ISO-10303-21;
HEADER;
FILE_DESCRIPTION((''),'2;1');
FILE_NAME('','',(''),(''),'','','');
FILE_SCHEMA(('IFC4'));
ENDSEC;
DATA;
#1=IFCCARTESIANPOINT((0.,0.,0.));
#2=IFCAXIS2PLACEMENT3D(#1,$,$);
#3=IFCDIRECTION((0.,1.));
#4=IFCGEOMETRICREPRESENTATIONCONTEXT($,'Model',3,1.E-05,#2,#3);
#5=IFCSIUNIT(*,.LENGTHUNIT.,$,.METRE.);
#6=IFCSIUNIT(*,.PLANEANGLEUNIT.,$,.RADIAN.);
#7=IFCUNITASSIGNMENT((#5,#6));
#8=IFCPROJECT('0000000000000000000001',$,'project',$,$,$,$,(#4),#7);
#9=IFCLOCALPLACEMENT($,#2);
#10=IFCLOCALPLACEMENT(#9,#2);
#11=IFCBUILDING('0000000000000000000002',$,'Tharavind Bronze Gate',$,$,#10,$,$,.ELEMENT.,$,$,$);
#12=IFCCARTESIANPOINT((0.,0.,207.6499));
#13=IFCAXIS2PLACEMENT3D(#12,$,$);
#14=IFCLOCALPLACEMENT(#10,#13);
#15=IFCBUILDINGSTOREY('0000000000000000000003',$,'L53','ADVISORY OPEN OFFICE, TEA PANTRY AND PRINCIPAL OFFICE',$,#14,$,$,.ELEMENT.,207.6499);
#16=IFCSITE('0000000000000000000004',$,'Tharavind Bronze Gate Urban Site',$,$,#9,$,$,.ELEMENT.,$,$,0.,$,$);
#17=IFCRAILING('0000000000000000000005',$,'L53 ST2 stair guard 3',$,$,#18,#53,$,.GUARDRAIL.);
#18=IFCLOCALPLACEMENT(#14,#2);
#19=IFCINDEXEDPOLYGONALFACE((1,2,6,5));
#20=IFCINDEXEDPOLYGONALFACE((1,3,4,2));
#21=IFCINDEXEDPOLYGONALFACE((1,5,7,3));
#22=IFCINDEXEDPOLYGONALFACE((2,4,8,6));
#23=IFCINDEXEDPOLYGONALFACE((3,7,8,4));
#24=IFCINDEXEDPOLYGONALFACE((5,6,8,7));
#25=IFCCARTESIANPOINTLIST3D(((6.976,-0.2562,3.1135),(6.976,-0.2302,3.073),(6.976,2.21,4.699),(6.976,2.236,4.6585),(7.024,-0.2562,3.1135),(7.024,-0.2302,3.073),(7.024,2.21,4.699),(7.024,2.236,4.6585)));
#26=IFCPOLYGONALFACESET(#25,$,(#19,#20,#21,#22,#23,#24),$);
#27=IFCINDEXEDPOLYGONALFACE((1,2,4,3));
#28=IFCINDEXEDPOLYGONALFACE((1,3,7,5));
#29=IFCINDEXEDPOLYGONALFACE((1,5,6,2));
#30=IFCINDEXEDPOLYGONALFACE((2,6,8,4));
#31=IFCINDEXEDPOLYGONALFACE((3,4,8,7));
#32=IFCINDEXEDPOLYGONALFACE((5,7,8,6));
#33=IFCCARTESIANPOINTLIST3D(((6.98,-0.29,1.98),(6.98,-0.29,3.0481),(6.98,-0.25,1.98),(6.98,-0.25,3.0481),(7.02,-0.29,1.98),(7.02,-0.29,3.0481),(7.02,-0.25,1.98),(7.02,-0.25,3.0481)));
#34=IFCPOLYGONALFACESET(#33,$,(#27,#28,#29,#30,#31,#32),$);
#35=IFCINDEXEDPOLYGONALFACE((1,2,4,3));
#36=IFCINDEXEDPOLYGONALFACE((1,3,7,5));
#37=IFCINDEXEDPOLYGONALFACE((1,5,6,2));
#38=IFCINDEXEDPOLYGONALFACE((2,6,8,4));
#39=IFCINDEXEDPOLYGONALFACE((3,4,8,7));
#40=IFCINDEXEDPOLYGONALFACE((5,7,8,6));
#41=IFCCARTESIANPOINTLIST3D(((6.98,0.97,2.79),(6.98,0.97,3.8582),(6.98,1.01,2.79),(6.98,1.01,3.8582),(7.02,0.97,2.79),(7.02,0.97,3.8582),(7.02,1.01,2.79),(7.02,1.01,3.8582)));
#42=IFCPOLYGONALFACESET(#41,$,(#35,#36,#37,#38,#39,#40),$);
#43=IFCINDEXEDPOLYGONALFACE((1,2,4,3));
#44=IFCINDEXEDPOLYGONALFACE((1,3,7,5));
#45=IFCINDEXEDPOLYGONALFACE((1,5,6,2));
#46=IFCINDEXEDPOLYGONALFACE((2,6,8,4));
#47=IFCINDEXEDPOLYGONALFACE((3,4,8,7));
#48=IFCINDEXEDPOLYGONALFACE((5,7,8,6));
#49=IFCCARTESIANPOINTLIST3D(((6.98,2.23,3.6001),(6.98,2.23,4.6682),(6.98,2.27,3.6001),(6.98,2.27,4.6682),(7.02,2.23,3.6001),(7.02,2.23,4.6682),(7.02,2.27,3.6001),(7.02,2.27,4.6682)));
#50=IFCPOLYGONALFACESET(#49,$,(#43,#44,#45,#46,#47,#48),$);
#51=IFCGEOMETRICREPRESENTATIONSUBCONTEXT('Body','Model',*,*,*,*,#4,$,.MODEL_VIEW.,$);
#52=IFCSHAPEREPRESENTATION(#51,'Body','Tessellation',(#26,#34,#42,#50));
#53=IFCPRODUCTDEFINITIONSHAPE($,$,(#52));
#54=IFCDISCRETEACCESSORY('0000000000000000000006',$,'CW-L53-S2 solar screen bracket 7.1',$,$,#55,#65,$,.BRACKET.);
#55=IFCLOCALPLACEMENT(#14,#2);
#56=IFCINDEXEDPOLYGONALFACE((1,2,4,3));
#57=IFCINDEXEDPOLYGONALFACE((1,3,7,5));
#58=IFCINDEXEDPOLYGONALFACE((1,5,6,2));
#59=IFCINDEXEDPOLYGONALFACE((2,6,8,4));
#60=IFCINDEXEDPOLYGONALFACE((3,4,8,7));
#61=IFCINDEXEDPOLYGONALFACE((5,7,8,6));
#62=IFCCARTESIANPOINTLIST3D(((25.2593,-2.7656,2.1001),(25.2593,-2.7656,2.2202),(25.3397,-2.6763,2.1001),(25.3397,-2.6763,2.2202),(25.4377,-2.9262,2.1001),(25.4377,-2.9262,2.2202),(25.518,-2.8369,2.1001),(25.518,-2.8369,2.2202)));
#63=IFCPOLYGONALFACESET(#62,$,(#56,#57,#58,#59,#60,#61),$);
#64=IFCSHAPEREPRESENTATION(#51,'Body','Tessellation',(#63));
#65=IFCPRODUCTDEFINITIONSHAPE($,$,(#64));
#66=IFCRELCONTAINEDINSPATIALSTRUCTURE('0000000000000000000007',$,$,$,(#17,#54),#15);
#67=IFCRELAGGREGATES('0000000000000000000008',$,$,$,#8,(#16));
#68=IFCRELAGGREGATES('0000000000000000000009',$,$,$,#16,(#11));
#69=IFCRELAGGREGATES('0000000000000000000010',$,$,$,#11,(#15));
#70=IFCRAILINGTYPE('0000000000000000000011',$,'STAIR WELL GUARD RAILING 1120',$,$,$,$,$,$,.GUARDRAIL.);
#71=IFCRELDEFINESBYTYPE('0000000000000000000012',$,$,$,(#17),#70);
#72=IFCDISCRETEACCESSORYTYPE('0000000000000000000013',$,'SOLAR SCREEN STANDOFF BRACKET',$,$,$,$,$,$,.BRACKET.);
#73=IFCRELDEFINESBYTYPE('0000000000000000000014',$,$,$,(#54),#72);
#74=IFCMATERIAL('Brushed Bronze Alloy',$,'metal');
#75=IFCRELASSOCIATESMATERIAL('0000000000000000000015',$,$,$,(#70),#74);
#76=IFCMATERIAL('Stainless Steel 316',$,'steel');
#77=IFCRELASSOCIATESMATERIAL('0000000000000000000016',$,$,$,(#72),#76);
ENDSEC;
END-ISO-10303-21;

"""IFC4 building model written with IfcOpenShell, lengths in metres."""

from ifc_helpers import new_model, si_unit, direction, frame, origin, origin_2d, place, context, subcontext, project, spatial, rectangle, extrude, material, type_object, element, save


model = new_model("IFC4")

# Units and contexts
model_context = context("Model", 3, precision=1e-05, world=origin(), true_north=direction((0.0, 1.0)))
body_context = subcontext(model_context, "Body", "Model", "MODEL_VIEW")
ifc_project = project(units=[si_unit("LENGTHUNIT", "METRE"), si_unit("PLANEANGLEUNIT", "RADIAN")], contexts=[model_context])

# Site, building, storey
site_placement = place(None, origin())
site = spatial("IfcSite", under=ifc_project, at=site_placement, Name="Tharavind Bronze Gate Urban Site", CompositionType="ELEMENT", RefElevation=0.0)
building_placement = place(site_placement, origin())
building = spatial("IfcBuilding", under=site, at=building_placement, Name="Tharavind Bronze Gate", CompositionType="ELEMENT")
storey_placement = place(building_placement, frame((0.0, 0.0, 207.6499)))
storey = spatial("IfcBuildingStorey", under=building, at=storey_placement, Name="L53", Description="ADVISORY OPEN OFFICE, TEA PANTRY AND PRINCIPAL OFFICE", CompositionType="ELEMENT", Elevation=207.6499)

# Railing
ifc_material_1 = material(Name="Brushed Bronze Alloy", Category="metal")
railing_type_1 = type_object("IfcRailingType", Name="STAIR WELL GUARD RAILING 1120", PredefinedType="GUARDRAIL", material=ifc_material_1)
railing_1_placement = place(storey_placement, frame((7.0, -0.27, 1.98)))
element("IfcRailing", 1, at=railing_1_placement, inside=storey, type_object=railing_type_1, Name="L53 ST2 stair guard 3", PredefinedType="GUARDRAIL", context=body_context, shape_type="SweptSolid", body=[
    extrude(rectangle(XDim=0.0481, YDim=0.0481, at=origin_2d()), frame((0.0, 0.0269, 1.1133), z_axis=(0.0, 0.841163, 0.540782), x_axis=(-1.0, 0.0, 0.0)), (0.0, 0.0, 1.0), 2.9319),
    extrude(rectangle(XDim=0.04, YDim=0.04, at=origin_2d()), origin(), (0.0, 0.0, 1.0), 1.0681),
    extrude(rectangle(XDim=0.04, YDim=0.04, at=origin_2d()), frame((0.0, 1.26, 0.8101)), (0.0, 0.0, 1.0), 1.0681),
    extrude(rectangle(XDim=0.04, YDim=0.04, at=origin_2d()), frame((0.0, 2.52, 1.6201)), (0.0, 0.0, 1.0), 1.0681),
])

# Discrete accessory
ifc_material_2 = material(Name="Stainless Steel 316", Category="steel")
discrete_accessory_type = type_object("IfcDiscreteAccessoryType", Name="SOLAR SCREEN STANDOFF BRACKET", PredefinedType="BRACKET", material=ifc_material_2)
discrete_accessory_placement = place(storey_placement, frame((25.3887, -2.8013, 2.1001), z_axis=(0.0, 0.0, 1.0), x_axis=(0.669131, 0.743145, 0.0)))
element("IfcDiscreteAccessory", 2, at=discrete_accessory_placement, inside=storey, type_object=discrete_accessory_type, Name="CW-L53-S2 solar screen bracket 7.1", PredefinedType="BRACKET", context=body_context, shape_type="SweptSolid", body=[
    extrude(rectangle(XDim=0.1201, YDim=0.24, at=origin_2d()), origin(), (0.0, 0.0, 1.0), 0.1201),
])

save(model, "model.ifc")
